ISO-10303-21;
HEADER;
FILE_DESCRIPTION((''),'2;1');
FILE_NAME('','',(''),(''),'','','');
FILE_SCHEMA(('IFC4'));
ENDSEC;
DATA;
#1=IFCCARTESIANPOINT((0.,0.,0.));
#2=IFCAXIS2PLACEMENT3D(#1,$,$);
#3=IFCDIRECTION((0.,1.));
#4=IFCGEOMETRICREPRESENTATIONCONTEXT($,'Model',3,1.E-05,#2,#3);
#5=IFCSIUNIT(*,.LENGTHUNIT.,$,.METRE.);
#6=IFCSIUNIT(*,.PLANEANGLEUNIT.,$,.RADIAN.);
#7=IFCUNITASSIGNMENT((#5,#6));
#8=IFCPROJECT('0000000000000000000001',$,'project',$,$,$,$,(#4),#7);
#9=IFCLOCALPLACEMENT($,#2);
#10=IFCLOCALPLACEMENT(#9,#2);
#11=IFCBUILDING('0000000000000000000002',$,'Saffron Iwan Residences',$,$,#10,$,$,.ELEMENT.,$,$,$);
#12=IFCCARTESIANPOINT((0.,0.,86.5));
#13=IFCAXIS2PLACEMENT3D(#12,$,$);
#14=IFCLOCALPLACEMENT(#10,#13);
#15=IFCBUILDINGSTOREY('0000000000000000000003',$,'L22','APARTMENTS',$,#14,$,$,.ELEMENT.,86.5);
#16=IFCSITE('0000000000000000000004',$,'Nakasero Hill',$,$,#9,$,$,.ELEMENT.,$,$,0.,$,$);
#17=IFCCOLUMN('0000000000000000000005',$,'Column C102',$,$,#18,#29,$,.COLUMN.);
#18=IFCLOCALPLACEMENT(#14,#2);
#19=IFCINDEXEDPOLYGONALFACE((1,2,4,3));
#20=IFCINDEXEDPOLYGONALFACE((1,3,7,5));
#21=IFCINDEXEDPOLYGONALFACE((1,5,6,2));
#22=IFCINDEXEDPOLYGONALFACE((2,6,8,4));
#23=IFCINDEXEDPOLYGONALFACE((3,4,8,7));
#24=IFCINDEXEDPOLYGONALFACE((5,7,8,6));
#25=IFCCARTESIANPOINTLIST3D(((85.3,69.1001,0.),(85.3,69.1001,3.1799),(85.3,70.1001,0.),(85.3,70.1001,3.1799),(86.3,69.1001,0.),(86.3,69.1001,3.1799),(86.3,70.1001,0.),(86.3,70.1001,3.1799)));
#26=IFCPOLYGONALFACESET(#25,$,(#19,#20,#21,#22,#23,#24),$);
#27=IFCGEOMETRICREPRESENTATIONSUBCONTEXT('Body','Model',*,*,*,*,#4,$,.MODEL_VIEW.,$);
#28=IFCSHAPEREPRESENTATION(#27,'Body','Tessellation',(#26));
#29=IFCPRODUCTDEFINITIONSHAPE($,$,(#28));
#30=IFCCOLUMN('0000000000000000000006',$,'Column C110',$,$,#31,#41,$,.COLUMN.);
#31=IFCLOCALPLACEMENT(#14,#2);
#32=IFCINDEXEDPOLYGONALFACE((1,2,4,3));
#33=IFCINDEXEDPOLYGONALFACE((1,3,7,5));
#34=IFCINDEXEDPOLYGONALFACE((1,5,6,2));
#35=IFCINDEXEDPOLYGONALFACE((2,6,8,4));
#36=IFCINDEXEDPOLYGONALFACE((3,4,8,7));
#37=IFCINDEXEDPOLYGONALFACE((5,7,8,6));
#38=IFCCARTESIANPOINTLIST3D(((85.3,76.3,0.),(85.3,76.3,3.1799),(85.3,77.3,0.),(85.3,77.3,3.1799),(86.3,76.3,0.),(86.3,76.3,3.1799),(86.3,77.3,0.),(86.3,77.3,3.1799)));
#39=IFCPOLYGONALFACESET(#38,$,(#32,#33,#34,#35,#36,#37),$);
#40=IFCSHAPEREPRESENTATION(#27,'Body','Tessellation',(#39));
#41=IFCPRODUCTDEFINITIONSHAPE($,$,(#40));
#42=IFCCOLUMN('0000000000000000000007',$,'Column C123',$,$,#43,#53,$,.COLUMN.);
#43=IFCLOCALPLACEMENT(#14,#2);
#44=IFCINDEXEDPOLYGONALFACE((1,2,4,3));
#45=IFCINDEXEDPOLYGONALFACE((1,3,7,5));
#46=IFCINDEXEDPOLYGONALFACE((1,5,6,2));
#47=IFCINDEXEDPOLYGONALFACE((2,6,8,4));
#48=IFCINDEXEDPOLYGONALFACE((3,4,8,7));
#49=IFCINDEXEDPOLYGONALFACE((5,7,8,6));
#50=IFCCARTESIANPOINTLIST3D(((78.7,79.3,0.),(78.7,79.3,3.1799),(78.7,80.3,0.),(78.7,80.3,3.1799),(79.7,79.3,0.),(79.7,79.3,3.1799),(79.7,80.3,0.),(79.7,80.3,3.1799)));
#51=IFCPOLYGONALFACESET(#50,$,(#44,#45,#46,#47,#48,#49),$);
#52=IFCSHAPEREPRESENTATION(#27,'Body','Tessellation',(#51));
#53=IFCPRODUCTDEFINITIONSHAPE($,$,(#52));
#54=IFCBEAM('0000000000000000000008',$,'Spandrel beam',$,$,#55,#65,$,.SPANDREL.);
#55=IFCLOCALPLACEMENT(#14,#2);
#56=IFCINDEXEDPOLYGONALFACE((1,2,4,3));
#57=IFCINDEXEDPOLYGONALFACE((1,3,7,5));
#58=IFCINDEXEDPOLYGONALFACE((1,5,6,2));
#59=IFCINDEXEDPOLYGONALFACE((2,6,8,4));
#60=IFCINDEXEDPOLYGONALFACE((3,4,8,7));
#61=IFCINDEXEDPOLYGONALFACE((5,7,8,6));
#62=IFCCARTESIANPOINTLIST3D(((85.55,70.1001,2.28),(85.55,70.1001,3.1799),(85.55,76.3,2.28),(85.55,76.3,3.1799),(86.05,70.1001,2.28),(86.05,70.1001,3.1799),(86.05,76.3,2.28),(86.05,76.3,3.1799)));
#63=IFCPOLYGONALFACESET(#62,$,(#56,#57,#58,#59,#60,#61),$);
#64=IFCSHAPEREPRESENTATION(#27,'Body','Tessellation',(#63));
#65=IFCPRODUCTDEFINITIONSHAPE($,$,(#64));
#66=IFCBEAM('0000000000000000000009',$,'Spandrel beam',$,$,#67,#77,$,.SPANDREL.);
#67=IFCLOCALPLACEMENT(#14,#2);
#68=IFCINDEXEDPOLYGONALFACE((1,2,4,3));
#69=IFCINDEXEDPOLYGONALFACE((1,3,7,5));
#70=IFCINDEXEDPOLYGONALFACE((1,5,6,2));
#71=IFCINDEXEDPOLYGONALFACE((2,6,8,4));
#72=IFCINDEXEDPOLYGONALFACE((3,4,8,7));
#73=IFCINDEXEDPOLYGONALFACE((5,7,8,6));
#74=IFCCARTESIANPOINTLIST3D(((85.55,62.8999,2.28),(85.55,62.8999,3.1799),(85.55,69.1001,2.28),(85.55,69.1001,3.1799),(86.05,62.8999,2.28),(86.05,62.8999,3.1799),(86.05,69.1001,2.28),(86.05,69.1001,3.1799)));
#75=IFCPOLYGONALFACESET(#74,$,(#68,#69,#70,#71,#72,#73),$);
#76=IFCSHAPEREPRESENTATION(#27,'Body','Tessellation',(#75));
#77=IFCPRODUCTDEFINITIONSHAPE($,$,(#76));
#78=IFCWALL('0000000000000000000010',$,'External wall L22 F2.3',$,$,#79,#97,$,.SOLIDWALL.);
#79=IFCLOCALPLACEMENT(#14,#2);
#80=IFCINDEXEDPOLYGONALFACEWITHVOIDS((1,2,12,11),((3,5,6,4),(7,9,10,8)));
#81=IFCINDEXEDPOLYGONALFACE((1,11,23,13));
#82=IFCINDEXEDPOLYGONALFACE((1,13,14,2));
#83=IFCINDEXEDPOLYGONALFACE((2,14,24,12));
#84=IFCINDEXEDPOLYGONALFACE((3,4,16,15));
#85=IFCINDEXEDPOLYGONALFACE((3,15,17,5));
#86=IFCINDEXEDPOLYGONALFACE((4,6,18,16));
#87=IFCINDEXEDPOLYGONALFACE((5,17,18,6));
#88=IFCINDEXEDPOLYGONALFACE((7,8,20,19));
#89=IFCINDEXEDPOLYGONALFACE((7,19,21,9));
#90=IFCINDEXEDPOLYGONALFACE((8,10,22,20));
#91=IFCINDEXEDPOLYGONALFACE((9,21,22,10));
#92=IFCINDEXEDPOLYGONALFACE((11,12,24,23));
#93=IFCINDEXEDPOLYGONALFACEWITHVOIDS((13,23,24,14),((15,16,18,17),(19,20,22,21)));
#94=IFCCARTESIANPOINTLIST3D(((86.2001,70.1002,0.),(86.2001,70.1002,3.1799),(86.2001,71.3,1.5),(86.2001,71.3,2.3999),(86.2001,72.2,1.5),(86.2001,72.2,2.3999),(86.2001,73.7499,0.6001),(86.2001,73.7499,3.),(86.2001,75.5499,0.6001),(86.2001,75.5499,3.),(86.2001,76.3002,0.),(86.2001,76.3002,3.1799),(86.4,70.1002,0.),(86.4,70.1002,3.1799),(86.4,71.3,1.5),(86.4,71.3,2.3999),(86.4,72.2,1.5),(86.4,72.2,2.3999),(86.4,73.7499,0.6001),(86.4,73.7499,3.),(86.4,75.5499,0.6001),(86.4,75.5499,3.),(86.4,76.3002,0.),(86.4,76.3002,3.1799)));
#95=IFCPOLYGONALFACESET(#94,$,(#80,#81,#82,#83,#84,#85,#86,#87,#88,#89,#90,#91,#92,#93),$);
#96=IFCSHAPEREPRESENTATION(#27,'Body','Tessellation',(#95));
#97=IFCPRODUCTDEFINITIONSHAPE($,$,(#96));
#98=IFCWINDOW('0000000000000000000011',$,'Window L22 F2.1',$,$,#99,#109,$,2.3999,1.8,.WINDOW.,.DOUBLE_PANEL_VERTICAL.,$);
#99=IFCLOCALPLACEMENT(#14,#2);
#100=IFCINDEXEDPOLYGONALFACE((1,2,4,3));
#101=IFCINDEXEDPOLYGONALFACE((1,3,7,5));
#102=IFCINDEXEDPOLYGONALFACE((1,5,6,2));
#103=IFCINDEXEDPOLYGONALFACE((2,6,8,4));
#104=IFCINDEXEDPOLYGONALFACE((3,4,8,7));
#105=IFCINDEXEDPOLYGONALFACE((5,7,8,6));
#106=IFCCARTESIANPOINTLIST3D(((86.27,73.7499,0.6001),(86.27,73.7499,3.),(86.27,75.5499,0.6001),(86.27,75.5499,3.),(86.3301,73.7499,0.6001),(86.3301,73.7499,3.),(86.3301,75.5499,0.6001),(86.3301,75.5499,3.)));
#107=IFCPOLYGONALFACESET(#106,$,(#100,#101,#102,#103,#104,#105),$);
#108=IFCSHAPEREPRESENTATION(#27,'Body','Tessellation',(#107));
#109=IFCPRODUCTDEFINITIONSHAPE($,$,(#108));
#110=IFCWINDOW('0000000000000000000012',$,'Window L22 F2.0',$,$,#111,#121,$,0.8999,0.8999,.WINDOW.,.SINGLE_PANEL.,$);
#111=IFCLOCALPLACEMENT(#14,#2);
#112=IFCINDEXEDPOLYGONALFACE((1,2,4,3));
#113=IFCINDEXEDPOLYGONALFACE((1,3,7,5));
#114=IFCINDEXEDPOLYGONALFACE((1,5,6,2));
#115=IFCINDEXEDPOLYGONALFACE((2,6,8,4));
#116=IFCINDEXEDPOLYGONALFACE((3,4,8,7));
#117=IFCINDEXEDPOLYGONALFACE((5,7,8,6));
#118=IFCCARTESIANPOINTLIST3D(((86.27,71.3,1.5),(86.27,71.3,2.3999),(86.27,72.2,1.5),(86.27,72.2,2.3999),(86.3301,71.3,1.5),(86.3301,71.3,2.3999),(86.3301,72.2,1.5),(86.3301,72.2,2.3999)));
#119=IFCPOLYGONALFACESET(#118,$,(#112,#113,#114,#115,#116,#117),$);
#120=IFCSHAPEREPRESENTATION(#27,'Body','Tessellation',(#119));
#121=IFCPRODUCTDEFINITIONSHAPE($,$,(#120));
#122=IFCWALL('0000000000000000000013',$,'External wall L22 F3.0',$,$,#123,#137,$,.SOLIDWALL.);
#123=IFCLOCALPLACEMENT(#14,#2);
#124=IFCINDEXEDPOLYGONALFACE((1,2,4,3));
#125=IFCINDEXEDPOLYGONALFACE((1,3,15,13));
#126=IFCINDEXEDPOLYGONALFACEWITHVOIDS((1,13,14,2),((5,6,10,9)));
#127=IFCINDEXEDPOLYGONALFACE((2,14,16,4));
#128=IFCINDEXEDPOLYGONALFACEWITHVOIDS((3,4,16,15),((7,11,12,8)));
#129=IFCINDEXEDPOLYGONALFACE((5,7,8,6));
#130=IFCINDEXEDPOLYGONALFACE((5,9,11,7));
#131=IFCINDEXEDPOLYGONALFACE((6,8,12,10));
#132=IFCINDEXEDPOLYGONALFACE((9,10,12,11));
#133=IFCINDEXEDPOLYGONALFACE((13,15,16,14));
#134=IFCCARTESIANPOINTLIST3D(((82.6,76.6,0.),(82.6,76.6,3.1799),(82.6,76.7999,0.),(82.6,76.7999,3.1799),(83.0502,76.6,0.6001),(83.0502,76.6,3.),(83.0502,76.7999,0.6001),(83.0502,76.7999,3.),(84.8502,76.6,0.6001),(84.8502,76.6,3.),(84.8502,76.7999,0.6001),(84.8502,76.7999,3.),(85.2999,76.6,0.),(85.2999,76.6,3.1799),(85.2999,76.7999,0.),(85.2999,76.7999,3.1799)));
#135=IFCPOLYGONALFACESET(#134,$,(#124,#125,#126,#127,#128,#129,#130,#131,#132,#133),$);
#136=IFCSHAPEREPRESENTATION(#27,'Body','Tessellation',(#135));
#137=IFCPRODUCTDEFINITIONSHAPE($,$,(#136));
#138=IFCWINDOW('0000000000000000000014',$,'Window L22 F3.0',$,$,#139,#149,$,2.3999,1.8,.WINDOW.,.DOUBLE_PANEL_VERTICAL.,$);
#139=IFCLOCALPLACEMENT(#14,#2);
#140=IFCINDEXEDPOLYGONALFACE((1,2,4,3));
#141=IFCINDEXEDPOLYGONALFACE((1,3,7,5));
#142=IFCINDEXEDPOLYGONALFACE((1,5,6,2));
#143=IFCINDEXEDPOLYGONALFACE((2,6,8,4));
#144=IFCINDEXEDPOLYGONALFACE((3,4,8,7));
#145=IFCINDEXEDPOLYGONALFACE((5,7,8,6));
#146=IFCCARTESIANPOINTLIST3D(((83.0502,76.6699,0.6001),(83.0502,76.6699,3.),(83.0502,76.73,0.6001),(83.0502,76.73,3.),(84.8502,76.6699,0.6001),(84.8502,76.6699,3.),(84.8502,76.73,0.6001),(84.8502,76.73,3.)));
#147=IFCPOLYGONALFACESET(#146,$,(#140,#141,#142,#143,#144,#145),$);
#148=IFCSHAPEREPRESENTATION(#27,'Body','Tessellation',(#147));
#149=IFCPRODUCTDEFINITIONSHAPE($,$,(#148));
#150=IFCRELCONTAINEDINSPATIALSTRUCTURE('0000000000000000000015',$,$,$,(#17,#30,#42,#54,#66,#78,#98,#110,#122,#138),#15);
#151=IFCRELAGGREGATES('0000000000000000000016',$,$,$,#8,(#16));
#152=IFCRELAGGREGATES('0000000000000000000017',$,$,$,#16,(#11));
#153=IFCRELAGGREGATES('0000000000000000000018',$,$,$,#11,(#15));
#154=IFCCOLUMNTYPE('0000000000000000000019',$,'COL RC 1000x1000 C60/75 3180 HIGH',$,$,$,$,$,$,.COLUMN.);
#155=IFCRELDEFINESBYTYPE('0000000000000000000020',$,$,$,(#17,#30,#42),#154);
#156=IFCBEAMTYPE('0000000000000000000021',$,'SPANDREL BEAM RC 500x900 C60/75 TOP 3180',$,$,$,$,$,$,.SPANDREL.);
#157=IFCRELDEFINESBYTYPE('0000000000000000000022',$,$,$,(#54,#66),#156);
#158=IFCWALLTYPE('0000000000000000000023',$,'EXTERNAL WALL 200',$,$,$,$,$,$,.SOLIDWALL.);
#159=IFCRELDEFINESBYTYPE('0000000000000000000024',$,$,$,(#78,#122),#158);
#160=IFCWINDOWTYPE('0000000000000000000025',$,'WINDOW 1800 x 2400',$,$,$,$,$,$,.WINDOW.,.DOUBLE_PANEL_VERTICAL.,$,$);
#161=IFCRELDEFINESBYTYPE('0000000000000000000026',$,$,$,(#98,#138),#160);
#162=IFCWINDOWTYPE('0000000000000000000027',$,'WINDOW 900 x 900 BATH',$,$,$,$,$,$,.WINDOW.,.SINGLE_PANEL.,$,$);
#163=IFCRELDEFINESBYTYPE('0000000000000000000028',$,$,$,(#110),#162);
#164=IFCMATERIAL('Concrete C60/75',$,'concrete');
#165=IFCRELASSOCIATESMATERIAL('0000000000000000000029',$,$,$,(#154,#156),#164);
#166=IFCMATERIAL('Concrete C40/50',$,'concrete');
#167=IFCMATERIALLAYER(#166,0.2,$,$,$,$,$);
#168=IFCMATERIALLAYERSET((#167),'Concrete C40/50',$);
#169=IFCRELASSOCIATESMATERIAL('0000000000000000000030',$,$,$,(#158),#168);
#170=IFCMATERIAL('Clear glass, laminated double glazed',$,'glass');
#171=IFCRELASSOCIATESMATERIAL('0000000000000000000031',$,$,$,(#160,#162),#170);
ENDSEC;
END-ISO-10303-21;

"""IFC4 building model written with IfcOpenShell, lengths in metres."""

from ifc_helpers import new_model, si_unit, direction, frame, frame_2d, origin, origin_2d, place, context, subcontext, project, spatial, rectangle, extrude, source, transform, mapped, material, layer, layer_set, material_profile, profile_set, type_object, element, fill, save


model = new_model("IFC4")

# Units and contexts
model_context = context("Model", 3, precision=1e-05, world=origin(), true_north=direction((0.0, 1.0)))
body_context = subcontext(model_context, "Body", "Model", "MODEL_VIEW")
ifc_project = project(units=[si_unit("LENGTHUNIT", "METRE"), si_unit("PLANEANGLEUNIT", "RADIAN")], contexts=[model_context])

# Site, building, storey
site_placement = place(None, origin())
site = spatial("IfcSite", under=ifc_project, at=site_placement, Name="Nakasero Hill", CompositionType="ELEMENT", RefElevation=0.0)
building_placement = place(site_placement, origin())
building = spatial("IfcBuilding", under=site, at=building_placement, Name="Saffron Iwan Residences", CompositionType="ELEMENT")
storey_placement = place(building_placement, frame((0.0, 0.0, 86.5)))
storey = spatial("IfcBuildingStorey", under=building, at=storey_placement, Name="L22", Description="APARTMENTS", CompositionType="ELEMENT", Elevation=86.5)

# Columns
ifc_material_1 = material(Name="Concrete C60/75", Category="concrete")
ifc_material_profile_1 = material_profile(ifc_material_1, rectangle(XDim=1.0, YDim=1.0, at=origin_2d()), Name="RC 1000x1000")
ifc_profile_set_1 = profile_set([ifc_material_profile_1], Name="Concrete C60/75")
column_type = type_object("IfcColumnType", Name="COL RC 1000x1000 C60/75 3180 HIGH", PredefinedType="COLUMN", material=ifc_profile_set_1)
shared_shape_1 = source(origin(), body_context, "Body", "SweptSolid", [
    extrude(rectangle(XDim=1.0, YDim=1.0, at=origin_2d()), origin(), (0.0, 0.0, 1.0), 3.1799),
])
for number, where, z_axis, x_axis, name in (
    (1, (85.8, 69.6001, 0.0), (0.0, 0.0, 1.0), (1.0, 0.0, 0.0), "Column C102"),
    (2, (85.8, 76.8, 0.0), (0.0, 0.0, 1.0), (1.0, 0.0, 0.0), "Column C110"),
    (3, (79.2, 79.8, 0.0), (0.0, 0.0, 1.0), (1.0, 0.0, 0.0), "Column C123"),
):
    element("IfcColumn", number, at=place(storey_placement, frame(where, z_axis=z_axis, x_axis=x_axis)), inside=storey, type_object=column_type, Name=name, PredefinedType="COLUMN", context=body_context, shape_type="MappedRepresentation", body=[
        mapped(shared_shape_1, transform((0.0, 0.0, 0.0))),
    ])

# Beams
ifc_material_profile_2 = material_profile(ifc_material_1, rectangle(XDim=0.5, YDim=0.8999, at=origin_2d()), Name="RC 500x900")
ifc_profile_set_2 = profile_set([ifc_material_profile_2], Name="Concrete C60/75")
beam_type = type_object("IfcBeamType", Name="SPANDREL BEAM RC 500x900 C60/75 TOP 3180", PredefinedType="SPANDREL", material=ifc_profile_set_2)
shared_shape_2 = source(origin(), body_context, "Body", "SweptSolid", [
    extrude(rectangle(XDim=0.5, YDim=0.8999, at=origin_2d()), origin(), (0.0, 0.0, 1.0), 6.2),
])
beam_1_placement = place(storey_placement, frame((85.8, 76.3, 2.73), z_axis=(0.0, -1.0, 0.0), x_axis=(1.0, 0.0, 0.0)))
element("IfcBeam", 4, at=beam_1_placement, inside=storey, type_object=beam_type, Name="Spandrel beam", PredefinedType="SPANDREL", context=body_context, shape_type="MappedRepresentation", body=[
    mapped(shared_shape_2, transform((0.0, 0.0, 0.0))),
])
shared_shape_3 = source(origin(), body_context, "Body", "SweptSolid", [
    extrude(rectangle(XDim=0.5, YDim=0.8999, at=origin_2d()), origin(), (0.0, 0.0, 1.0), 6.2002),
])
beam_2_placement = place(storey_placement, frame((85.8, 69.1001, 2.73), z_axis=(0.0, -1.0, 0.0), x_axis=(1.0, 0.0, 0.0)))
element("IfcBeam", 5, at=beam_2_placement, inside=storey, type_object=beam_type, Name="Spandrel beam", PredefinedType="SPANDREL", context=body_context, shape_type="MappedRepresentation", body=[
    mapped(shared_shape_3, transform((0.0, 0.0, 0.0))),
])

# Wall, openings, windows
ifc_material_2 = material(Name="Concrete C40/50", Category="concrete")
ifc_layer_1 = layer(ifc_material_2, 0.2)
ifc_layer_set_1 = layer_set([ifc_layer_1], Name="Concrete C40/50")
wall_type_1 = type_object("IfcWallType", Name="EXTERNAL WALL 200", PredefinedType="SOLIDWALL", material=ifc_layer_set_1)
wall_1_placement = place(storey_placement, frame((86.3, 70.1001, 0.0), z_axis=(0.0, 0.0, 1.0), x_axis=(0.0, 1.0, 0.0)))
wall_1 = element("IfcWall", 6, at=wall_1_placement, inside=storey, type_object=wall_type_1, Name="External wall L22 F2.3", PredefinedType="SOLIDWALL", context=body_context, shape_type="SweptSolid", body=[
    extrude(rectangle(XDim=6.2, YDim=0.2, at=frame_2d((3.1001, 0.0))), origin(), (0.0, 0.0, 1.0), 3.1799),
])
opening_1_placement = place(wall_1_placement, frame((1.2, 0.0, 1.5)))
opening_1 = element("IfcOpeningElement", 7, at=opening_1_placement, cuts=wall_1, PredefinedType="OPENING", context=body_context, shape_type="SweptSolid", body=[
    extrude(rectangle(XDim=0.8999, YDim=0.8999, at=frame_2d((0.45, 0.45))), frame((0.0, 0.1099, 0.0), z_axis=(0.0, -1.0, 0.0), x_axis=(1.0, 0.0, 0.0)), (0.0, 0.0, 1.0), 0.22),
])
opening_2_placement = place(wall_1_placement, frame((3.6499, 0.0, 0.6001)))
opening_2 = element("IfcOpeningElement", 8, at=opening_2_placement, cuts=wall_1, PredefinedType="OPENING", context=body_context, shape_type="SweptSolid", body=[
    extrude(rectangle(XDim=1.8, YDim=2.3999, at=frame_2d((0.8999, 1.2))), frame((0.0, 0.1099, 0.0), z_axis=(0.0, -1.0, 0.0), x_axis=(1.0, 0.0, 0.0)), (0.0, 0.0, 1.0), 0.22),
])
ifc_material_3 = material(Name="Clear glass, laminated double glazed", Category="glass")
window_type_1 = type_object("IfcWindowType", Name="WINDOW 1800 x 2400", PartitioningType="DOUBLE_PANEL_VERTICAL", PredefinedType="WINDOW", material=ifc_material_3)
window_1_placement = place(opening_2_placement, origin())
window_1 = element("IfcWindow", 9, at=window_1_placement, inside=storey, type_object=window_type_1, Name="Window L22 F2.1", OverallHeight=2.3999, OverallWidth=1.8, PartitioningType="DOUBLE_PANEL_VERTICAL", PredefinedType="WINDOW", context=body_context, shape_type="SweptSolid", body=[
    extrude(rectangle(XDim=1.8, YDim=2.3999, at=frame_2d((0.8999, 1.2))), frame((0.0, 0.03, 0.0), z_axis=(0.0, -1.0, 0.0), x_axis=(1.0, 0.0, 0.0)), (0.0, 0.0, 1.0), 0.0601),
])
fill(opening_2, window_1)
window_type_2 = type_object("IfcWindowType", Name="WINDOW 900 x 900 BATH", PartitioningType="SINGLE_PANEL", PredefinedType="WINDOW", material=ifc_material_3)
window_2_placement = place(opening_1_placement, origin())
window_2 = element("IfcWindow", 10, at=window_2_placement, inside=storey, type_object=window_type_2, Name="Window L22 F2.0", OverallHeight=0.8999, OverallWidth=0.8999, PartitioningType="SINGLE_PANEL", PredefinedType="WINDOW", context=body_context, shape_type="SweptSolid", body=[
    extrude(rectangle(XDim=0.8999, YDim=0.8999, at=frame_2d((0.45, 0.45))), frame((0.0, 0.03, 0.0), z_axis=(0.0, -1.0, 0.0), x_axis=(1.0, 0.0, 0.0)), (0.0, 0.0, 1.0), 0.0601),
])
fill(opening_1, window_2)

# Wall, opening, window
wall_2_placement = place(storey_placement, frame((85.3, 76.7, 0.0), z_axis=(0.0, 0.0, 1.0), x_axis=(-1.0, 0.0, 0.0)))
wall_2 = element("IfcWall", 11, at=wall_2_placement, inside=storey, type_object=wall_type_1, Name="External wall L22 F3.0", PredefinedType="SOLIDWALL", context=body_context, shape_type="SweptSolid", body=[
    extrude(rectangle(XDim=2.7, YDim=0.2, at=frame_2d((1.3501, 0.0))), origin(), (0.0, 0.0, 1.0), 3.1799),
])
opening_3_placement = place(wall_2_placement, frame((0.45, 0.0, 0.6001)))
opening_3 = element("IfcOpeningElement", 12, at=opening_3_placement, cuts=wall_2, PredefinedType="OPENING", context=body_context, shape_type="SweptSolid", body=[
    extrude(rectangle(XDim=1.8, YDim=2.3999, at=frame_2d((0.8999, 1.2))), frame((0.0, 0.1099, 0.0), z_axis=(0.0, -1.0, 0.0), x_axis=(1.0, 0.0, 0.0)), (0.0, 0.0, 1.0), 0.22),
])
window_3_placement = place(opening_3_placement, origin())
window_3 = element("IfcWindow", 13, at=window_3_placement, inside=storey, type_object=window_type_1, Name="Window L22 F3.0", OverallHeight=2.3999, OverallWidth=1.8, PartitioningType="DOUBLE_PANEL_VERTICAL", PredefinedType="WINDOW", context=body_context, shape_type="SweptSolid", body=[
    extrude(rectangle(XDim=1.8, YDim=2.3999, at=frame_2d((0.8999, 1.2))), frame((0.0, 0.03, 0.0), z_axis=(0.0, -1.0, 0.0), x_axis=(1.0, 0.0, 0.0)), (0.0, 0.0, 1.0), 0.0601),
])
fill(opening_3, window_3)

save(model, "model.ifc")
